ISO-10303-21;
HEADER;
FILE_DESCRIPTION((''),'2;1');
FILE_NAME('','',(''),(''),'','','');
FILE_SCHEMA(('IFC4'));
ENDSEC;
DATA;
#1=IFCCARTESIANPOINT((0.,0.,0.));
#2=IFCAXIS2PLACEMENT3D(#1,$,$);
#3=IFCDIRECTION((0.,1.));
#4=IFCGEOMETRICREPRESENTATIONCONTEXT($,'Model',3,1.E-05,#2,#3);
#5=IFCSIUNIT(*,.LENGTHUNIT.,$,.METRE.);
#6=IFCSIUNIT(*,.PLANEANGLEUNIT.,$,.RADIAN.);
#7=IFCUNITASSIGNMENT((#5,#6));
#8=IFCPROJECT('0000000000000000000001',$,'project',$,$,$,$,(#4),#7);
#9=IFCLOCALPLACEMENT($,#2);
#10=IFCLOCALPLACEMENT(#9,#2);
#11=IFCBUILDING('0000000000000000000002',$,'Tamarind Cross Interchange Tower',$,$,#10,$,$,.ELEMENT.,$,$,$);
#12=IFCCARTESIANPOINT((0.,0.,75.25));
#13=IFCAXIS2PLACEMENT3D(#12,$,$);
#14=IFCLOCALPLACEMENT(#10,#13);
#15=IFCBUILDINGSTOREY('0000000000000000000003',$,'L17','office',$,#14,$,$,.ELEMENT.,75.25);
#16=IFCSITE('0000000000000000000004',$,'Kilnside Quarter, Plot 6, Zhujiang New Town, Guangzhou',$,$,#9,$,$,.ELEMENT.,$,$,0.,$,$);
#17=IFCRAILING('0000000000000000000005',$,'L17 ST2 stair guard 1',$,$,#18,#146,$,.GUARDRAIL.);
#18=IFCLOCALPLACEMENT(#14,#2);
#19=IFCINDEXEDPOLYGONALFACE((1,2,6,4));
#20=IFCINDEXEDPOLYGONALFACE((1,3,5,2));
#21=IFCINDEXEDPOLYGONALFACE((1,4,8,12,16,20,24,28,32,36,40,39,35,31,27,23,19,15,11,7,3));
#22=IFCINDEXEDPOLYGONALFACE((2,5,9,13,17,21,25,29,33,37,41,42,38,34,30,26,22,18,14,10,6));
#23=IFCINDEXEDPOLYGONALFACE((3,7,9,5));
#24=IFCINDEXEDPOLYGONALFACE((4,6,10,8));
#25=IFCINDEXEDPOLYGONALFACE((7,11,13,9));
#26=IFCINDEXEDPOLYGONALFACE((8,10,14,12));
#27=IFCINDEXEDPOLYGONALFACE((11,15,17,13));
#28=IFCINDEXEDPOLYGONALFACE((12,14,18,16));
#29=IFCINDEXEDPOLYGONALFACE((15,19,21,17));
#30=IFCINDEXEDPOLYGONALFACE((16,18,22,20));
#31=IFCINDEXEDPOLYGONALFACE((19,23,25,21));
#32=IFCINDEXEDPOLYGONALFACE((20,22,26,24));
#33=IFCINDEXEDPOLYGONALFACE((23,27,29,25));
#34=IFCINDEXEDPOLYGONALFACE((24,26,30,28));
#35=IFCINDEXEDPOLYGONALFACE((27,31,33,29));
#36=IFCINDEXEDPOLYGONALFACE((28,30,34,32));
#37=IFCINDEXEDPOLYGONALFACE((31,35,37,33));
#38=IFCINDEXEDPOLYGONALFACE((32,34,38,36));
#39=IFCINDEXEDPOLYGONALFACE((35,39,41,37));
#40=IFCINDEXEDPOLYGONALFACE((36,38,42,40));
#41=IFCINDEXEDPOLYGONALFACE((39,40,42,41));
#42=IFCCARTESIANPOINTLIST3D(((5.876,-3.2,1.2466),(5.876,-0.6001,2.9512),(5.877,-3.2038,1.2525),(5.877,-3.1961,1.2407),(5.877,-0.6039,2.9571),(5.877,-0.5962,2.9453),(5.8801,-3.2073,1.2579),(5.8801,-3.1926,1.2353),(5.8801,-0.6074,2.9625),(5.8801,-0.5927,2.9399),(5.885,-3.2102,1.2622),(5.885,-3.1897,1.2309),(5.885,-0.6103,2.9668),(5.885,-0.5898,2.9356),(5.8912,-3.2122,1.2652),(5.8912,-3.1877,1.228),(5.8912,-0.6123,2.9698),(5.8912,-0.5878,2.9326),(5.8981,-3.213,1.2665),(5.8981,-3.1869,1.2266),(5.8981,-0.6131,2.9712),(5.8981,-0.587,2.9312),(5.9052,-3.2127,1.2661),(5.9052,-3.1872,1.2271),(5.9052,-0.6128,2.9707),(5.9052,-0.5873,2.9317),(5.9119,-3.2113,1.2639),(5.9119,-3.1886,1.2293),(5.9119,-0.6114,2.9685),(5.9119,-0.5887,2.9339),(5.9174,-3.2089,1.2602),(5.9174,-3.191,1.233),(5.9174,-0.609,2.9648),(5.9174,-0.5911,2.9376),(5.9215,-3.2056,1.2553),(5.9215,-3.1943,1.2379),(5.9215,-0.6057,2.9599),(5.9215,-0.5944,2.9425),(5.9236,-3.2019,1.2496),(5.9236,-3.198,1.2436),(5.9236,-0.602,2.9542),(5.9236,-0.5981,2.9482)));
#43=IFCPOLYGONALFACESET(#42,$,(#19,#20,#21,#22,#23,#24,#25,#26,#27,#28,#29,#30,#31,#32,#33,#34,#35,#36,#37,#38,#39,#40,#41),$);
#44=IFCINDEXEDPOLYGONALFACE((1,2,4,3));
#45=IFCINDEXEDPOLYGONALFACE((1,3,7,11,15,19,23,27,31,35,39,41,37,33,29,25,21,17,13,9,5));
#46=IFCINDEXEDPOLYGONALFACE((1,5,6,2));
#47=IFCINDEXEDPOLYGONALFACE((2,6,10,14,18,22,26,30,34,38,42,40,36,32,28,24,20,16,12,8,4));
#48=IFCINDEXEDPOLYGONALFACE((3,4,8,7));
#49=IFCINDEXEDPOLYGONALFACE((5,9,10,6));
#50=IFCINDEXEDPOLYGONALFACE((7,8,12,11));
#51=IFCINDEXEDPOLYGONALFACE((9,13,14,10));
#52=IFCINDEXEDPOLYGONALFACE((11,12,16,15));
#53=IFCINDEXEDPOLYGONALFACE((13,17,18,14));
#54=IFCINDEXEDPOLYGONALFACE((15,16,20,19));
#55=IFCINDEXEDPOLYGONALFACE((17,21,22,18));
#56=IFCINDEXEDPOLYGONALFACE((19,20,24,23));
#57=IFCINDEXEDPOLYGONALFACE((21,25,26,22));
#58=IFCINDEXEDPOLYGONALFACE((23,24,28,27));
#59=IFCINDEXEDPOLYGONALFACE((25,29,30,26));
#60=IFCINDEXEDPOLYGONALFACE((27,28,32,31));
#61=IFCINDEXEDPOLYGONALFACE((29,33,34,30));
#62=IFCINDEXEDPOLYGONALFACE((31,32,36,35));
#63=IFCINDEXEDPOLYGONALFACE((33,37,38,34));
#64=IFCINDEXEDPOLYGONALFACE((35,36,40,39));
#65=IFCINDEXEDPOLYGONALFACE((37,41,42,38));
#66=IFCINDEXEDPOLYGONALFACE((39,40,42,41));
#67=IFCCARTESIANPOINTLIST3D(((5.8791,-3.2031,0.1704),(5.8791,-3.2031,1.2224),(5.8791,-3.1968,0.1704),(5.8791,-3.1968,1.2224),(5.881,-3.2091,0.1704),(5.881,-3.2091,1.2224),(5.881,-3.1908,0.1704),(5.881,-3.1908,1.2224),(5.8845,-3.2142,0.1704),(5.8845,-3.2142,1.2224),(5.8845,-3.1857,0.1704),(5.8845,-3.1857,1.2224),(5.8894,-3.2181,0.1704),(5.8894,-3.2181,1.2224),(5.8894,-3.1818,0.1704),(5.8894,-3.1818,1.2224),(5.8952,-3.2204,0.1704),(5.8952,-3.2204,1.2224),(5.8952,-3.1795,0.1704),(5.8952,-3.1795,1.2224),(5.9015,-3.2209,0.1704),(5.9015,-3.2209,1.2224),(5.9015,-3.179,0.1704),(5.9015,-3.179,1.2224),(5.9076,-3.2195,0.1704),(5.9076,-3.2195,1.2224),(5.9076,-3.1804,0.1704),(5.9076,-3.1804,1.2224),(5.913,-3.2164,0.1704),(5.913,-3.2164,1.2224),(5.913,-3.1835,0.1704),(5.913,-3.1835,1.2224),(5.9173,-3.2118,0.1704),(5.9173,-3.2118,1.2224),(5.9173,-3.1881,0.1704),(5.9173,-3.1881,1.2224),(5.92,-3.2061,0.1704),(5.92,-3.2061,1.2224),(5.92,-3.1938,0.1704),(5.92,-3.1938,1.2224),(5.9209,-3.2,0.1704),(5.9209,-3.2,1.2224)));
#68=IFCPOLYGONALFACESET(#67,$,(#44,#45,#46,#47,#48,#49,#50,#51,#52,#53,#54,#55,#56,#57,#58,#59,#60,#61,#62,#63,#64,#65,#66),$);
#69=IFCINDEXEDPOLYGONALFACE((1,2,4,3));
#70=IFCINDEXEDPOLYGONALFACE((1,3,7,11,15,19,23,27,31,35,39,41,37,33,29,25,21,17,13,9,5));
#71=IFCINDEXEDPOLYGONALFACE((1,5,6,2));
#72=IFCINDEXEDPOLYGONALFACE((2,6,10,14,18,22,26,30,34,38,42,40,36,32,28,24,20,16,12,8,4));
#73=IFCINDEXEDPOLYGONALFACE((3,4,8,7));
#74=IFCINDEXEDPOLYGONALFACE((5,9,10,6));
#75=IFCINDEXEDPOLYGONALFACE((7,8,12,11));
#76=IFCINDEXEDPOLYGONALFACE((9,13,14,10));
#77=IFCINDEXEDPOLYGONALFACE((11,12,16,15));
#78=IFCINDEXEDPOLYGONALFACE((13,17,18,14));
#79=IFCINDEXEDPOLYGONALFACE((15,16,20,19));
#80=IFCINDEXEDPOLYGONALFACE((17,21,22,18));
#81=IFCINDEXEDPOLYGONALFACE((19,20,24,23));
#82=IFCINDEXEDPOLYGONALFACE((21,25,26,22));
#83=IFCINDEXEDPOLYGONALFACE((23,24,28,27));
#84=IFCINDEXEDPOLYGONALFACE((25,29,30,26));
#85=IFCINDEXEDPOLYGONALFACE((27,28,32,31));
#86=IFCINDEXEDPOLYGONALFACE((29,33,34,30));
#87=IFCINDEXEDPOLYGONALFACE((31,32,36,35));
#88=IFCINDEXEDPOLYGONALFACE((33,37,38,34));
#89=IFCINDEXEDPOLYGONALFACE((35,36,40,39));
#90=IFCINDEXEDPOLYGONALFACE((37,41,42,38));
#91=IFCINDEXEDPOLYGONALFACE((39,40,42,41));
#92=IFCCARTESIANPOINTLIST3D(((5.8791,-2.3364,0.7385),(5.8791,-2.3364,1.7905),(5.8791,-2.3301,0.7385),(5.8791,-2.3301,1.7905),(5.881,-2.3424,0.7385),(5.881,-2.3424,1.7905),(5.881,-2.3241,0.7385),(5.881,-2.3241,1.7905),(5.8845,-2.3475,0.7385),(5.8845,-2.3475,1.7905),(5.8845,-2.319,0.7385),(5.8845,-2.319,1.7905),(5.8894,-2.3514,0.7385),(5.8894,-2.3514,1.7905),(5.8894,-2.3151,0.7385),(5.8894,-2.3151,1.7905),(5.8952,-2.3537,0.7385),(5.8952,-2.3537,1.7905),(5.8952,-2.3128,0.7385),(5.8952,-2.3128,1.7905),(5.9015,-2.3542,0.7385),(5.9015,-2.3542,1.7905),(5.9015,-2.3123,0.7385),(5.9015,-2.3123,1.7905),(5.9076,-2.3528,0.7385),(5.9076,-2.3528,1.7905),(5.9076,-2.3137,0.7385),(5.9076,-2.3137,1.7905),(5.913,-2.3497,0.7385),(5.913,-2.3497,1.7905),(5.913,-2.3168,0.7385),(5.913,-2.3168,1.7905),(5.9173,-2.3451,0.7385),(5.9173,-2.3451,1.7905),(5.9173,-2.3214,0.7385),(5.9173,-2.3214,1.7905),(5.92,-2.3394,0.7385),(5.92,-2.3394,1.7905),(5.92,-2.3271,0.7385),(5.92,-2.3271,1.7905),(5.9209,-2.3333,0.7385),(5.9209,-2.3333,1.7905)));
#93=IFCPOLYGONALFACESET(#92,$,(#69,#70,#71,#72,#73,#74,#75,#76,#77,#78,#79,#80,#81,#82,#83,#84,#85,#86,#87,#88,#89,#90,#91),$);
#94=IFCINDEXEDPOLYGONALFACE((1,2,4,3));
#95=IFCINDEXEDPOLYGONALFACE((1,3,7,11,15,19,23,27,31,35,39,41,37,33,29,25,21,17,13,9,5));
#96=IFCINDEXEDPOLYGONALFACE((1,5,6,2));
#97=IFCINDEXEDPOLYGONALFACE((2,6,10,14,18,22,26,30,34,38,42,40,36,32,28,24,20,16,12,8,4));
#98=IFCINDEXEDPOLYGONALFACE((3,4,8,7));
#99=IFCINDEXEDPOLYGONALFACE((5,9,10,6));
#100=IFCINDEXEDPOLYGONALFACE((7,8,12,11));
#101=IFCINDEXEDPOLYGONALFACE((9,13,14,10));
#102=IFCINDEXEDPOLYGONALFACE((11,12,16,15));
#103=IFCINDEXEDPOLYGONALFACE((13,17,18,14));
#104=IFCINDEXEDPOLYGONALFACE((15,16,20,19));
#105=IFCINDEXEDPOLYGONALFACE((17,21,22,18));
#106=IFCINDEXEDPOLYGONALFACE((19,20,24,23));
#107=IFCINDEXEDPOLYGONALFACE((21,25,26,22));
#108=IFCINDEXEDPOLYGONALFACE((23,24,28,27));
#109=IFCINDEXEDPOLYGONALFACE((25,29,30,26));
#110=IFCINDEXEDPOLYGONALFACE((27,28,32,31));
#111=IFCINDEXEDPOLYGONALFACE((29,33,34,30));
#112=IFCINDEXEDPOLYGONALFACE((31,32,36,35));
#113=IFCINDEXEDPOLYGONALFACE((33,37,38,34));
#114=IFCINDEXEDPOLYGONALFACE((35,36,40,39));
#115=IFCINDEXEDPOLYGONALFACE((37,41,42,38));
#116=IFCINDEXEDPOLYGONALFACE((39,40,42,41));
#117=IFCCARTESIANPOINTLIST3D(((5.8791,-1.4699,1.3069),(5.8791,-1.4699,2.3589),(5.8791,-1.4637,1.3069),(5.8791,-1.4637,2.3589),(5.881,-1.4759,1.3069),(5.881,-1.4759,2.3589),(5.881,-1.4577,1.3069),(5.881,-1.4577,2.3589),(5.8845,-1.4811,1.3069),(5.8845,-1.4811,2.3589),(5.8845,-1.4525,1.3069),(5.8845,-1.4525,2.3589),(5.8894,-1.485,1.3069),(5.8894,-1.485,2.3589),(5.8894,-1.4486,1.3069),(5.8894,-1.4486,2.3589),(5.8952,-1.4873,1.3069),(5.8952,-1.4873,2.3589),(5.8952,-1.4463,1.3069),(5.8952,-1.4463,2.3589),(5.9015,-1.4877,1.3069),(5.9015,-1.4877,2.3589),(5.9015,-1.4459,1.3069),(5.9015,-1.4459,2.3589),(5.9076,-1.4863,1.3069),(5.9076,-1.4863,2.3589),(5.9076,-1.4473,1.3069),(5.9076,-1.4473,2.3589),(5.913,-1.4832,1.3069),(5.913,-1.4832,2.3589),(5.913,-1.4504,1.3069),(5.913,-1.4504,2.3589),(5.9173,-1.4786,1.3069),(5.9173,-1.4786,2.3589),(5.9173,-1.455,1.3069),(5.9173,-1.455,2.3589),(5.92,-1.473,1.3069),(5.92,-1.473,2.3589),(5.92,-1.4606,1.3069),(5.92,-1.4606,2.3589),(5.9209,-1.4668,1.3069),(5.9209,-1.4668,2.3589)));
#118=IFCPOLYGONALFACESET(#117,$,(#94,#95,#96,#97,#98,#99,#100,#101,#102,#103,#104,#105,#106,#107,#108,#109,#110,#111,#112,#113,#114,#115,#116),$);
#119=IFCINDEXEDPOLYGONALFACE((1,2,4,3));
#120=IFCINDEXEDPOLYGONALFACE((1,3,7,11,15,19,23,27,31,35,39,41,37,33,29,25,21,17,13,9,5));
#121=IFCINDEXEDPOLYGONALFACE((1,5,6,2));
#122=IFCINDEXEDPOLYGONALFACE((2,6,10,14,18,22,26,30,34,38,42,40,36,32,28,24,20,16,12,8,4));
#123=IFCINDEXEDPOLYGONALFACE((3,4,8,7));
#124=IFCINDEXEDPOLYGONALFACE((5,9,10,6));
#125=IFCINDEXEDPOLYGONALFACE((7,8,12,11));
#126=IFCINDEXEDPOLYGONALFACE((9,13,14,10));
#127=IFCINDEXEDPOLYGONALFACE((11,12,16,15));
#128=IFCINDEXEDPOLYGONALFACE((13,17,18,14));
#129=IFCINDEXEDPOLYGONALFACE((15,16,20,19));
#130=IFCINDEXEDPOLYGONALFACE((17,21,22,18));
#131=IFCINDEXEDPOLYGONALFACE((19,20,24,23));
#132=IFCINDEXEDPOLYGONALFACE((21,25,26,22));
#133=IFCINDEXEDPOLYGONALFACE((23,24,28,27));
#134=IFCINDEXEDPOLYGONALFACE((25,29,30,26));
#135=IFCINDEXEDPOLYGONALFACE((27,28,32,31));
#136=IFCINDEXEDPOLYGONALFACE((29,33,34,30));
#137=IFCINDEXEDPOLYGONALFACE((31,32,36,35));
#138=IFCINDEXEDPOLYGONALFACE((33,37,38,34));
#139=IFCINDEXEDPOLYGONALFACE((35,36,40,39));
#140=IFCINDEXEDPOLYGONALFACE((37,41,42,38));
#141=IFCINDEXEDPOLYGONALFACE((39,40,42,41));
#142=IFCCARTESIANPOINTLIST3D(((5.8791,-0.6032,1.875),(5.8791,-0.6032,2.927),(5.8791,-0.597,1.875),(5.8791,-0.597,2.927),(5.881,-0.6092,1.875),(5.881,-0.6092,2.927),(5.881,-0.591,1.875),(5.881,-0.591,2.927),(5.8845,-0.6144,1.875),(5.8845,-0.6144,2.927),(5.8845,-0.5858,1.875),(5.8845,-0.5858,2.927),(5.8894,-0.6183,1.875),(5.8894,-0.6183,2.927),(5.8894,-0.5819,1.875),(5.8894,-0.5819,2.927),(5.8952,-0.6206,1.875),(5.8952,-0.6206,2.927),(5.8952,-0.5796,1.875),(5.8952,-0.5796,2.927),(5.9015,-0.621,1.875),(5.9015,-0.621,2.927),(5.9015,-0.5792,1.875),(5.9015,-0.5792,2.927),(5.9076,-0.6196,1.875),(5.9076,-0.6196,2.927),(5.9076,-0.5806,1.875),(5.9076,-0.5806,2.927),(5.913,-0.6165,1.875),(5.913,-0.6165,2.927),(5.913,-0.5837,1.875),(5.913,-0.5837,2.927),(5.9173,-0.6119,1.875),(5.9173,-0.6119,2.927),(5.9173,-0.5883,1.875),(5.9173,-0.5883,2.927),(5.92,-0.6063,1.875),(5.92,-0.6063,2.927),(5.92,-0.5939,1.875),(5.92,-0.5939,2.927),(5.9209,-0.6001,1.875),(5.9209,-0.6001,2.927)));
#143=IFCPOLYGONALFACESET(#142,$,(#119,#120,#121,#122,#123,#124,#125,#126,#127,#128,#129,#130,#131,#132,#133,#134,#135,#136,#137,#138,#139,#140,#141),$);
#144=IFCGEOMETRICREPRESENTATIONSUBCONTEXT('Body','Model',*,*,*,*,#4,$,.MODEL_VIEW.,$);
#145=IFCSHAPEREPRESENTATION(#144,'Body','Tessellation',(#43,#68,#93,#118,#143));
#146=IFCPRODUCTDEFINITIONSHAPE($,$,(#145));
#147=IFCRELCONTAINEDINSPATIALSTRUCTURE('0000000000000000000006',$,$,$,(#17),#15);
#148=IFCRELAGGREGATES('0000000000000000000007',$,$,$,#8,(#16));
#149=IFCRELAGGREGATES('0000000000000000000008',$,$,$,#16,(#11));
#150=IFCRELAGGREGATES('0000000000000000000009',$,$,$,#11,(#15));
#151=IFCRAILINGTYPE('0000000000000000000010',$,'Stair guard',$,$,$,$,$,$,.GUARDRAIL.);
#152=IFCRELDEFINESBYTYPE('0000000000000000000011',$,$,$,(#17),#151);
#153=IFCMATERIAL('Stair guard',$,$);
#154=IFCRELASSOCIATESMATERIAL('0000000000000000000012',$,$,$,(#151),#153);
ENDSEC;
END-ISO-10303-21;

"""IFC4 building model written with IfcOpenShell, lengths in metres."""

from ifc_helpers import new_model, si_unit, direction, frame, origin, origin_2d, place, context, subcontext, project, spatial, circle, extrude, material, type_object, element, save


model = new_model("IFC4")

# Units and contexts
model_context = context("Model", 3, precision=1e-05, world=origin(), true_north=direction((0.0, 1.0)))
body_context = subcontext(model_context, "Body", "Model", "MODEL_VIEW")
ifc_project = project(units=[si_unit("LENGTHUNIT", "METRE"), si_unit("PLANEANGLEUNIT", "RADIAN")], contexts=[model_context])

# Site, building, storey
site_placement = place(None, origin())
site = spatial("IfcSite", under=ifc_project, at=site_placement, Name="Kilnside Quarter, Plot 6, Zhujiang New Town, Guangzhou", CompositionType="ELEMENT", RefElevation=0.0)
building_placement = place(site_placement, origin())
building = spatial("IfcBuilding", under=site, at=building_placement, Name="Tamarind Cross Interchange Tower", CompositionType="ELEMENT")
storey_placement = place(building_placement, frame((0.0, 0.0, 75.25)))
storey = spatial("IfcBuildingStorey", under=building, at=storey_placement, Name="L17", Description="office", CompositionType="ELEMENT", Elevation=75.25)

# Railing
ifc_material_1 = material(Name="Stair guard")
railing_type_1 = type_object("IfcRailingType", Name="Stair guard", PredefinedType="GUARDRAIL", material=ifc_material_1)
railing_1_placement = place(storey_placement, frame((5.8999, -3.2, 0.1704)))
element("IfcRailing", 1, at=railing_1_placement, inside=storey, type_object=railing_type_1, Name="L17 ST2 stair guard 1", PredefinedType="GUARDRAIL", context=body_context, shape_type="SweptSolid", body=[
    extrude(circle(Radius=0.0239, at=origin_2d()), frame((0.0, 0.0, 1.0762), z_axis=(0.0, 0.836279, 0.548305), x_axis=(-1.0, 0.0, 0.0)), (0.0, 0.0, 1.0), 3.1089),
    extrude(circle(Radius=0.021, at=origin_2d()), origin(), (0.0, 0.0, 1.0), 1.052),
    extrude(circle(Radius=0.021, at=origin_2d()), frame((0.0, 0.8667, 0.5681)), (0.0, 0.0, 1.0), 1.052),
    extrude(circle(Radius=0.021, at=origin_2d()), frame((0.0, 1.7332, 1.1365)), (0.0, 0.0, 1.0), 1.052),
    extrude(circle(Radius=0.021, at=origin_2d()), frame((0.0, 2.5999, 1.7046)), (0.0, 0.0, 1.0), 1.052),
])

save(model, "model.ifc")
